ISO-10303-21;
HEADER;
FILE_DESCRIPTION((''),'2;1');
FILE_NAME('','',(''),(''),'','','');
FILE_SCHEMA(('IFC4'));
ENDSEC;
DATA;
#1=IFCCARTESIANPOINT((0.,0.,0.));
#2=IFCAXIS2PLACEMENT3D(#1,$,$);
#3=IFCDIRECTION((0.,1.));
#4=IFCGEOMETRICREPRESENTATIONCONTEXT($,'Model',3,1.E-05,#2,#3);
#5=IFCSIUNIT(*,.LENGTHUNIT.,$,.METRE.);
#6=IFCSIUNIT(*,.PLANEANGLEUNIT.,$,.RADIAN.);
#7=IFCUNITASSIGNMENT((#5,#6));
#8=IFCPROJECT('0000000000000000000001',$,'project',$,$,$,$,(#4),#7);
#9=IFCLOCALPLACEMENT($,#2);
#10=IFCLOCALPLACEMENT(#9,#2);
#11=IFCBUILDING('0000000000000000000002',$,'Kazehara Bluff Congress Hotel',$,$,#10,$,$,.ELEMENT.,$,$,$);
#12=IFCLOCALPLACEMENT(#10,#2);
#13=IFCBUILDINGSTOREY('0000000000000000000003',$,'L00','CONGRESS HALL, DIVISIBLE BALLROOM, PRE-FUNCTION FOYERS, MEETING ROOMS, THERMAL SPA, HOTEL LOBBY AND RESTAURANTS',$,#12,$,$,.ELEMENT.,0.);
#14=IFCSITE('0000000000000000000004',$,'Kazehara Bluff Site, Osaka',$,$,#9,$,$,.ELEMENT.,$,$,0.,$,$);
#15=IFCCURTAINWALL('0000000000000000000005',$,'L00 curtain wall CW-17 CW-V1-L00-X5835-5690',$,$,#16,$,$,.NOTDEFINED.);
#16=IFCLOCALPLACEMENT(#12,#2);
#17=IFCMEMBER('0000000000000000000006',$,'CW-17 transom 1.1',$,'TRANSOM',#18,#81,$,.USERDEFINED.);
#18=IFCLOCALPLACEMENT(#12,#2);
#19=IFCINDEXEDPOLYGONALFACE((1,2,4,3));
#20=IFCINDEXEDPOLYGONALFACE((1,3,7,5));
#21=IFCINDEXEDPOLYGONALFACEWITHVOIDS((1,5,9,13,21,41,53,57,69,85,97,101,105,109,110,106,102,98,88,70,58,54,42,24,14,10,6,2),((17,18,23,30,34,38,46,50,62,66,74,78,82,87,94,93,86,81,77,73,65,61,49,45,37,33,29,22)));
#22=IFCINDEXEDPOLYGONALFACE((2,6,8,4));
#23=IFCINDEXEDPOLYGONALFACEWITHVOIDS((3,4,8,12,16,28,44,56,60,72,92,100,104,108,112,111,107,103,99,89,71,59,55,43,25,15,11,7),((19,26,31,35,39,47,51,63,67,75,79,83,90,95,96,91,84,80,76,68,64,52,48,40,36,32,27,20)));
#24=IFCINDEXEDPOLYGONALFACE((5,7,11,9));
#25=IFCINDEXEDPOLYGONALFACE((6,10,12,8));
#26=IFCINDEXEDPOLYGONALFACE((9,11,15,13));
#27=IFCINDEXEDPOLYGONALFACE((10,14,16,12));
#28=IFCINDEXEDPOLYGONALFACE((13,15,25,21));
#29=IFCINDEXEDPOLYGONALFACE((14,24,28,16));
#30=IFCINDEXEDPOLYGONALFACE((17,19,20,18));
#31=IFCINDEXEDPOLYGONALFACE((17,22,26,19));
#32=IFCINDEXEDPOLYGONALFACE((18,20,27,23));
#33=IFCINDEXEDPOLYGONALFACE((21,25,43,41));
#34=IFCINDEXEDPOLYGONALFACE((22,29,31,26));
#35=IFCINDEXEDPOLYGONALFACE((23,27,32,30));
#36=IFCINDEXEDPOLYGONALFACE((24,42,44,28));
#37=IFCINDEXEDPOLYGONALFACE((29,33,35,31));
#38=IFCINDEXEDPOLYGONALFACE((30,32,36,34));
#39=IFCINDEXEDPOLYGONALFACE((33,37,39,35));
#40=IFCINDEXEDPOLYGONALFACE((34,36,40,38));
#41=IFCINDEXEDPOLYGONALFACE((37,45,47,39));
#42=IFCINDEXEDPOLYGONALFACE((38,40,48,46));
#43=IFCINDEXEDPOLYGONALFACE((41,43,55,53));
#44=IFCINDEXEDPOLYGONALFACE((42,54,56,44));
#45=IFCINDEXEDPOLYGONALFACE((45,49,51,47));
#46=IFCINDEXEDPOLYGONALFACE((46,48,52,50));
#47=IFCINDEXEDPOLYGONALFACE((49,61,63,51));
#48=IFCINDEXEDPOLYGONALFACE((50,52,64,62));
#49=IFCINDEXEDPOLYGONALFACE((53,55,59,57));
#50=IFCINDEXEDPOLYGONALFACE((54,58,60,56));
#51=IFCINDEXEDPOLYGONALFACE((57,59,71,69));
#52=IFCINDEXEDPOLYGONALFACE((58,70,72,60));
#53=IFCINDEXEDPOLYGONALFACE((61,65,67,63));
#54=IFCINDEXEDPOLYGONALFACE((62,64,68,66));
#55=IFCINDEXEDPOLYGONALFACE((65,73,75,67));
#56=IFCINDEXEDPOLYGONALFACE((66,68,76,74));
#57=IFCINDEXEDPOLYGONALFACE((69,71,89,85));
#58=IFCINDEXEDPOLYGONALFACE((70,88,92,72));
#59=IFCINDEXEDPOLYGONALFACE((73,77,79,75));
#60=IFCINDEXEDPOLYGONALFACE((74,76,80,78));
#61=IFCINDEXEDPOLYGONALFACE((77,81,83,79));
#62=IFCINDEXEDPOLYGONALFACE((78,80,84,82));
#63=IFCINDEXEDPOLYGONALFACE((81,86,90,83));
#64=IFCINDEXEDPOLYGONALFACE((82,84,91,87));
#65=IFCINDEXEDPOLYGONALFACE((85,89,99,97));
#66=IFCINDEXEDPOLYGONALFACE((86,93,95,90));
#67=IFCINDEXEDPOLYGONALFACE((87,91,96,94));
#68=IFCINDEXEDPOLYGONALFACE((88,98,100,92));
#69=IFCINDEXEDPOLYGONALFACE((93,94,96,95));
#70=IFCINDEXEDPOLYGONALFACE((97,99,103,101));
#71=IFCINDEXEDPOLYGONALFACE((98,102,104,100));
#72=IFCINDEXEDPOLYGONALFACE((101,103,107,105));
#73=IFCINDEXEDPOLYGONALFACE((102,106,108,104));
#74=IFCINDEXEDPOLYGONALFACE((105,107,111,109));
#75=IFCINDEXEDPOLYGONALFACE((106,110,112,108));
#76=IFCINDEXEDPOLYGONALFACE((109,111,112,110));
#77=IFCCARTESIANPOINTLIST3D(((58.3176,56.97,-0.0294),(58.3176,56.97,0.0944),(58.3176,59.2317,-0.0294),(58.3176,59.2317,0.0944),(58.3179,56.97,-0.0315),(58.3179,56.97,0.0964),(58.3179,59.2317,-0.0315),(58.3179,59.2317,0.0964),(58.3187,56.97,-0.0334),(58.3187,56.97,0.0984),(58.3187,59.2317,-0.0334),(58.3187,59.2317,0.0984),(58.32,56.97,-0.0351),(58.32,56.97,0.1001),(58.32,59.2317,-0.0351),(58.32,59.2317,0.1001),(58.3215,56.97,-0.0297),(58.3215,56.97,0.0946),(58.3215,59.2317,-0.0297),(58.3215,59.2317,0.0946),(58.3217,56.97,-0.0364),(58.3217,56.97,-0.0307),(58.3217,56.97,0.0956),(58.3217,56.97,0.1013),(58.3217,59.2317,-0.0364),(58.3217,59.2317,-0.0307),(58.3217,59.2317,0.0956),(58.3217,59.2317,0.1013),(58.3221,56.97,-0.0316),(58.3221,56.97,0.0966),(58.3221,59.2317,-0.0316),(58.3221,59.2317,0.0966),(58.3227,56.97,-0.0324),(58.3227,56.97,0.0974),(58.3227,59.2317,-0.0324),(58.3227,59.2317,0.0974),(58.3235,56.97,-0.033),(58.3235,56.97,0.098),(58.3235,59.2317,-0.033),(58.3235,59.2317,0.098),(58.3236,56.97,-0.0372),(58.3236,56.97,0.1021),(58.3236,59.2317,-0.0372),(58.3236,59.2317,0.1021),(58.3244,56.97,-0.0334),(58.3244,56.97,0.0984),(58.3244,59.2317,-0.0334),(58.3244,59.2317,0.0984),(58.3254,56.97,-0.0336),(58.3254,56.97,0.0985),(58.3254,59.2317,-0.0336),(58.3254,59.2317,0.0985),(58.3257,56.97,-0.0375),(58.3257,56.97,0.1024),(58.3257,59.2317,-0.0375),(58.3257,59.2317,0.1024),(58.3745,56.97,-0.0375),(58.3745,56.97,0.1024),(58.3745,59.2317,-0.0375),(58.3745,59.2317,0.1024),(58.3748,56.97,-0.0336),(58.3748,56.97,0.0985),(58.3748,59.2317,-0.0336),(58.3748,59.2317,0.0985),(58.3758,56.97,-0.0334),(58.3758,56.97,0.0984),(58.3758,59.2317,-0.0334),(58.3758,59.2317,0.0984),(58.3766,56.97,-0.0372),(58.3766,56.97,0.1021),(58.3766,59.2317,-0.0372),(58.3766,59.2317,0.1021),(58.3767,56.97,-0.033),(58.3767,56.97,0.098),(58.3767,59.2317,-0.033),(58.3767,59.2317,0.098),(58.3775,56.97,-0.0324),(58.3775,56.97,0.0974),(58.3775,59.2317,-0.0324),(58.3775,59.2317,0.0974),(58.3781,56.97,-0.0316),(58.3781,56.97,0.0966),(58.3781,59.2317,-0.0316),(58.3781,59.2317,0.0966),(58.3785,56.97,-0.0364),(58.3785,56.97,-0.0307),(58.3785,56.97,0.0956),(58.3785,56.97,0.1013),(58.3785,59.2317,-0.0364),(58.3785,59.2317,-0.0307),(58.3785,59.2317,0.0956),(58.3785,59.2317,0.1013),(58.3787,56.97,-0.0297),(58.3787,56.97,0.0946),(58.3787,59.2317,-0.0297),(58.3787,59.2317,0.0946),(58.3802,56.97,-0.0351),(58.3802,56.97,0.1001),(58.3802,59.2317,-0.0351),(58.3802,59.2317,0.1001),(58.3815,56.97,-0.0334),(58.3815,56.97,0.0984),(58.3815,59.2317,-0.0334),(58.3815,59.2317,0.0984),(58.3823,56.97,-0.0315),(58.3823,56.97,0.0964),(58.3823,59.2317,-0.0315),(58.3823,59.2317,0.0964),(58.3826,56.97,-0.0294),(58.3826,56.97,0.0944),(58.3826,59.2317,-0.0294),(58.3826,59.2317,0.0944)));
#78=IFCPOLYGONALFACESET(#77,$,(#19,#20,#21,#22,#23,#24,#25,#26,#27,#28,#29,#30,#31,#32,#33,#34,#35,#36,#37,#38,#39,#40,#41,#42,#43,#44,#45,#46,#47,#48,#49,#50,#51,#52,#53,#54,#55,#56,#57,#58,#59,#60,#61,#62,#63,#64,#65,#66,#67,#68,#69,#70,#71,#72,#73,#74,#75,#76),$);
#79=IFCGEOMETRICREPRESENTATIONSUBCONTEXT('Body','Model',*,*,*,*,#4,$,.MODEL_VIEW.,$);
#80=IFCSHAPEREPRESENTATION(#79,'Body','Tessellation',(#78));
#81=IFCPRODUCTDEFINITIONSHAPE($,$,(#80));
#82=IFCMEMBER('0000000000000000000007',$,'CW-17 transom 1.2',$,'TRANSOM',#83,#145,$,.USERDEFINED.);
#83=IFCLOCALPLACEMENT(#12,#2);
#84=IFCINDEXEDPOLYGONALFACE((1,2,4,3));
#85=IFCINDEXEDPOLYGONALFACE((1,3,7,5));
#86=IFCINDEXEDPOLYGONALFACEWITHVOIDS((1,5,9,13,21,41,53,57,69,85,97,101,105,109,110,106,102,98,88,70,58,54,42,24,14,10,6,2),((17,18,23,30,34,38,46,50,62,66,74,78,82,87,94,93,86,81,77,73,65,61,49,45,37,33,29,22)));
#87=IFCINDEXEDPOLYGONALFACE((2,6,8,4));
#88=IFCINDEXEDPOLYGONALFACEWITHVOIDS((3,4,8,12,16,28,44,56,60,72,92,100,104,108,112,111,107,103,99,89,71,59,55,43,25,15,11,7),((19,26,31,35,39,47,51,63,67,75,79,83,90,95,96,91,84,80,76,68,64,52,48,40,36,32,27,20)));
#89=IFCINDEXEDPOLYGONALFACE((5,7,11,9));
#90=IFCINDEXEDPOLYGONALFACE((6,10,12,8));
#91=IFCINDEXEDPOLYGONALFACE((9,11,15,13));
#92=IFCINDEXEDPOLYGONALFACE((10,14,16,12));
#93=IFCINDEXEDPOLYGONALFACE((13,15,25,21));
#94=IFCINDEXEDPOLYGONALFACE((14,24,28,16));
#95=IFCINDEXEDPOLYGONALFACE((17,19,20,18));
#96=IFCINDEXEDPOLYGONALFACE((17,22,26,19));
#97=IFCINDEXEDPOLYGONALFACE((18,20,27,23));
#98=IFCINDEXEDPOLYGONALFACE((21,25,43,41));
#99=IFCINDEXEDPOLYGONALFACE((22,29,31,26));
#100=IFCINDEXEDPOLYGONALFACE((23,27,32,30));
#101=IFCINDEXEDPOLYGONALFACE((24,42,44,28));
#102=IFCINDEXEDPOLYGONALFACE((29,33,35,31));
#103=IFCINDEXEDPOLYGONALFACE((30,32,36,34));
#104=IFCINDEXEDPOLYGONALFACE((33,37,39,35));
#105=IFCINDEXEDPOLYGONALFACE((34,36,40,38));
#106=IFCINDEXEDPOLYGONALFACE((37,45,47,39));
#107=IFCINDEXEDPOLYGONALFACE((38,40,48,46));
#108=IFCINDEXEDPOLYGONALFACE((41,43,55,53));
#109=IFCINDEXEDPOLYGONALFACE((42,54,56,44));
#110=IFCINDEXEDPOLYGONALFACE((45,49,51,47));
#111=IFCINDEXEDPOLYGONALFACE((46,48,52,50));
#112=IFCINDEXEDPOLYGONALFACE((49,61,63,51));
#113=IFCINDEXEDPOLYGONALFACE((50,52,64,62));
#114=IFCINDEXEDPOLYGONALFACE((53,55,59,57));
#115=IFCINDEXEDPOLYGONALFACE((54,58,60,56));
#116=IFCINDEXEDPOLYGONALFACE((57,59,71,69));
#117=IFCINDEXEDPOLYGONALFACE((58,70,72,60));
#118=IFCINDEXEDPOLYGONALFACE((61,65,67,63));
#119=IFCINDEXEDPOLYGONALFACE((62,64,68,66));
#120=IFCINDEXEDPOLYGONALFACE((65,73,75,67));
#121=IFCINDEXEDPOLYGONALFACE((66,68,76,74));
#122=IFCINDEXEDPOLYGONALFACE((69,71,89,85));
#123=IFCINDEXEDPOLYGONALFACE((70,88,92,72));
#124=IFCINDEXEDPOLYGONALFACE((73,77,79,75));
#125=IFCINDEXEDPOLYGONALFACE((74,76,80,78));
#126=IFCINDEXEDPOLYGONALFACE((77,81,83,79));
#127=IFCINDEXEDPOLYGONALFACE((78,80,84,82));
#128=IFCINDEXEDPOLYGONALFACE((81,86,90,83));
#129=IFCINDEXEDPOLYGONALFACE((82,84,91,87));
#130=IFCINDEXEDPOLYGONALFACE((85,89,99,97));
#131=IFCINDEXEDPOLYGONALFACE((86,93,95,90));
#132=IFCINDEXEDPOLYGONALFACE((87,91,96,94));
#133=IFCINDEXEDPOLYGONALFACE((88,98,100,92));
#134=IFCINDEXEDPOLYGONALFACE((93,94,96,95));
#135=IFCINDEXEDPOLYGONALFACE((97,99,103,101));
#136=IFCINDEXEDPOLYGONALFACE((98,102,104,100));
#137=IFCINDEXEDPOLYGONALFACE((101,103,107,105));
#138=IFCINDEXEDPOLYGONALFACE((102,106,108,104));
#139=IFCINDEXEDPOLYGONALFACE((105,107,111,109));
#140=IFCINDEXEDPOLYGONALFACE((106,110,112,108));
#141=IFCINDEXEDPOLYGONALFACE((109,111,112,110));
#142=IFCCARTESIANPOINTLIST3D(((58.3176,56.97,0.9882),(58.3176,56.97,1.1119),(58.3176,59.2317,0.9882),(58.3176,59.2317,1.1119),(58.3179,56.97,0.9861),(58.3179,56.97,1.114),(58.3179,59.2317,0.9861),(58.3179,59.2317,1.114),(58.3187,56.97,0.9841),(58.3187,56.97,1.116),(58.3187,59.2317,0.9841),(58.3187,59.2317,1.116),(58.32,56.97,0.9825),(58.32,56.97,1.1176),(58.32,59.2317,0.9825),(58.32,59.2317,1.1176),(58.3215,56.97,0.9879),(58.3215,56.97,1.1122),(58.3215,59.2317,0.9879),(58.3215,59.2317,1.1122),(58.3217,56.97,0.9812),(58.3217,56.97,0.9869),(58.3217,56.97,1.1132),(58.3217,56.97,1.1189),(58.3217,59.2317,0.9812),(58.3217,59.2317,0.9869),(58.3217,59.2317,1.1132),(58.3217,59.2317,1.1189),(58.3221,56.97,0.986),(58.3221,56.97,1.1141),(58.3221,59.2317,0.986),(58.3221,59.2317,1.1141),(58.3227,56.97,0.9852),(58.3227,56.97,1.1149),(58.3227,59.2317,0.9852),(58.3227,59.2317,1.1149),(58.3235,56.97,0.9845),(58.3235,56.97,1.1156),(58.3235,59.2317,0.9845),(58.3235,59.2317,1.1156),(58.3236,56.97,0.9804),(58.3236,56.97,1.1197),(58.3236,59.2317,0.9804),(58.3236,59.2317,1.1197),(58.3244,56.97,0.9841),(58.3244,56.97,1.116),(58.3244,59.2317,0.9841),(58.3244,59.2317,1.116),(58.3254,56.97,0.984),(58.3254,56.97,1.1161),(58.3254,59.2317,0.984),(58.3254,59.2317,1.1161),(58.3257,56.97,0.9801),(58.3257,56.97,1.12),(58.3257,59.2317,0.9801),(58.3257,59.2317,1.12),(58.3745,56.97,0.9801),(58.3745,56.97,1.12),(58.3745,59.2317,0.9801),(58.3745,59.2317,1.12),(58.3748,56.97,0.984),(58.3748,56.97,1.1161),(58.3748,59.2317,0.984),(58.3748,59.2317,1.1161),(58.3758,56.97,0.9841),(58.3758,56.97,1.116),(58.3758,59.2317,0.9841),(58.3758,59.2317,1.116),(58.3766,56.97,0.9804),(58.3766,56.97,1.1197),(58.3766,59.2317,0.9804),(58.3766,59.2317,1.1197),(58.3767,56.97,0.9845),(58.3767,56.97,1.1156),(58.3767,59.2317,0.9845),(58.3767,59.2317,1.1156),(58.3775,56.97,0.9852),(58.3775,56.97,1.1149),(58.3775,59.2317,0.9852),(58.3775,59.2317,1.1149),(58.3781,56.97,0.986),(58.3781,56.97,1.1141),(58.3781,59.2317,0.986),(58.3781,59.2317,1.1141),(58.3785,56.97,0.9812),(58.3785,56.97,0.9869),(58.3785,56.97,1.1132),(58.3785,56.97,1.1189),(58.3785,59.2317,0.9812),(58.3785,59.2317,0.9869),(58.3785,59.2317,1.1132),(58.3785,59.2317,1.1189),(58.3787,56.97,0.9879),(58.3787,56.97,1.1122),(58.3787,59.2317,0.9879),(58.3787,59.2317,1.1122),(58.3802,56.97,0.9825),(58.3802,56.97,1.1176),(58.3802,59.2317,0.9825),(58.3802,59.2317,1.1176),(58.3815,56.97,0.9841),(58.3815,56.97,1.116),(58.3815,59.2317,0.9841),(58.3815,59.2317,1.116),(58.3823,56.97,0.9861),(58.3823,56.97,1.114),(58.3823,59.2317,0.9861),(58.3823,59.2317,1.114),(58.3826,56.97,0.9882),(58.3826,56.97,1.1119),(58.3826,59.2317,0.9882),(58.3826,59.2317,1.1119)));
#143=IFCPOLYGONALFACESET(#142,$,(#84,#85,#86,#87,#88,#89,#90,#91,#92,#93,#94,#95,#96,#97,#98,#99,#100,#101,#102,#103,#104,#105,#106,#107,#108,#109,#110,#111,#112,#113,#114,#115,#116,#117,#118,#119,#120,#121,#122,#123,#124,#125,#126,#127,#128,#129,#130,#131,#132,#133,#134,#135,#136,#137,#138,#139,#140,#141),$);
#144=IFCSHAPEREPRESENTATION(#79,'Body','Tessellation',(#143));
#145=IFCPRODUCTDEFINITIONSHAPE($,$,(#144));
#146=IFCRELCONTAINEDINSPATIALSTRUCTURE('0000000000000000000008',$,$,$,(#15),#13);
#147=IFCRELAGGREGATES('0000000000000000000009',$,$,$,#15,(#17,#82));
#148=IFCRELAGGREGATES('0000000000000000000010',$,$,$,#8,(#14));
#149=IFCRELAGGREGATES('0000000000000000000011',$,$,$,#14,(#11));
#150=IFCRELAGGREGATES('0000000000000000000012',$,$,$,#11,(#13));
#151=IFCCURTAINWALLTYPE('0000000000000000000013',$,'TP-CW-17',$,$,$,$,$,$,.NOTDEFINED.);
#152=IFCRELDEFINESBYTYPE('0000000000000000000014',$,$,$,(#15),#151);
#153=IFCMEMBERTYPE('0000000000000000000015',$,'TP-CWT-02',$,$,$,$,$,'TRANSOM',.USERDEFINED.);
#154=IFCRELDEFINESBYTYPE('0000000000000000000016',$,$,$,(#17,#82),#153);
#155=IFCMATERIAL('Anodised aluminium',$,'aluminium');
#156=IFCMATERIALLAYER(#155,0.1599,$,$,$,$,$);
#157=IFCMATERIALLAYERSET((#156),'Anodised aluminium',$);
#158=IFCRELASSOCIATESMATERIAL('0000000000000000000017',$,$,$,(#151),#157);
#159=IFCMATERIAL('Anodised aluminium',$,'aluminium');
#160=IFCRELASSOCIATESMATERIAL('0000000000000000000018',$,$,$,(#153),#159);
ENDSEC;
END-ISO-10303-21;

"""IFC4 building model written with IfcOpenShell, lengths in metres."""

from ifc_helpers import new_model, si_unit, direction, frame, origin, origin_2d, place, context, subcontext, project, spatial, hollow_rectangle, extrude, material, layer, layer_set, material_profile, profile_set, type_object, element, aggregate, save


model = new_model("IFC4")

# Units and contexts
model_context = context("Model", 3, precision=1e-05, world=origin(), true_north=direction((0.0, 1.0)))
body_context = subcontext(model_context, "Body", "Model", "MODEL_VIEW")
ifc_project = project(units=[si_unit("LENGTHUNIT", "METRE"), si_unit("PLANEANGLEUNIT", "RADIAN")], contexts=[model_context])

# Site, building, storey
site_placement = place(None, origin())
site = spatial("IfcSite", under=ifc_project, at=site_placement, Name="Kazehara Bluff Site, Osaka", CompositionType="ELEMENT", RefElevation=0.0)
building_placement = place(site_placement, origin())
building = spatial("IfcBuilding", under=site, at=building_placement, Name="Kazehara Bluff Congress Hotel", CompositionType="ELEMENT")
storey_placement = place(building_placement, origin())
storey = spatial("IfcBuildingStorey", under=building, at=storey_placement, Name="L00", Description="CONGRESS HALL, DIVISIBLE BALLROOM, PRE-FUNCTION FOYERS, MEETING ROOMS, THERMAL SPA, HOTEL LOBBY AND RESTAURANTS", CompositionType="ELEMENT", Elevation=0.0)

# Curtain wall
ifc_material_1 = material(Name="Anodised aluminium", Category="aluminium")
ifc_layer_1 = layer(ifc_material_1, 0.1599)
ifc_layer_set_1 = layer_set([ifc_layer_1], Name="Anodised aluminium")
curtain_wall_type_1 = type_object("IfcCurtainWallType", Name="TP-CW-17", PredefinedType="NOTDEFINED", material=ifc_layer_set_1)
curtain_wall_1_placement = place(storey_placement, origin())
curtain_wall_1 = element("IfcCurtainWall", 1, at=curtain_wall_1_placement, inside=storey, type_object=curtain_wall_type_1, Name="L00 curtain wall CW-17 CW-V1-L00-X5835-5690", PredefinedType="NOTDEFINED")

# Members
ifc_material_2 = material(Name="Anodised aluminium", Category="aluminium")
ifc_material_profile_1 = material_profile(ifc_material_2, hollow_rectangle(XDim=0.0649, YDim=0.1399, WallThickness=0.0039, InnerFilletRadius=0.0039, OuterFilletRadius=0.0081, at=origin_2d()))
ifc_profile_set_1 = profile_set([ifc_material_profile_1], Name="Anodised aluminium")
member_type_1 = type_object("IfcMemberType", Name="TP-CWT-02", ElementType="TRANSOM", PredefinedType="USERDEFINED", material=ifc_profile_set_1)
member_1_placement = place(storey_placement, frame((58.3501, 56.97, 0.0325), z_axis=(0.0, 1.0, 0.0), x_axis=(-1.0, 0.0, 0.0)))
member_1 = element("IfcMember", 2, at=member_1_placement, type_object=member_type_1, Name="CW-17 transom 1.1", ObjectType="TRANSOM", PredefinedType="USERDEFINED", context=body_context, shape_type="SweptSolid", body=[
    extrude(hollow_rectangle(XDim=0.0649, YDim=0.1399, WallThickness=0.0039, InnerFilletRadius=0.0039, OuterFilletRadius=0.0081, at=origin_2d()), origin(), (0.0, 0.0, 1.0), 2.2617),
])
member_2_placement = place(storey_placement, frame((58.3501, 56.97, 1.05), z_axis=(0.0, 1.0, 0.0), x_axis=(-1.0, 0.0, 0.0)))
member_2 = element("IfcMember", 3, at=member_2_placement, type_object=member_type_1, Name="CW-17 transom 1.2", ObjectType="TRANSOM", PredefinedType="USERDEFINED", context=body_context, shape_type="SweptSolid", body=[
    extrude(hollow_rectangle(XDim=0.0649, YDim=0.1399, WallThickness=0.0039, InnerFilletRadius=0.0039, OuterFilletRadius=0.0081, at=origin_2d()), origin(), (0.0, 0.0, 1.0), 2.2617),
])

aggregate(curtain_wall_1, [member_1, member_2])

save(model, "model.ifc")
